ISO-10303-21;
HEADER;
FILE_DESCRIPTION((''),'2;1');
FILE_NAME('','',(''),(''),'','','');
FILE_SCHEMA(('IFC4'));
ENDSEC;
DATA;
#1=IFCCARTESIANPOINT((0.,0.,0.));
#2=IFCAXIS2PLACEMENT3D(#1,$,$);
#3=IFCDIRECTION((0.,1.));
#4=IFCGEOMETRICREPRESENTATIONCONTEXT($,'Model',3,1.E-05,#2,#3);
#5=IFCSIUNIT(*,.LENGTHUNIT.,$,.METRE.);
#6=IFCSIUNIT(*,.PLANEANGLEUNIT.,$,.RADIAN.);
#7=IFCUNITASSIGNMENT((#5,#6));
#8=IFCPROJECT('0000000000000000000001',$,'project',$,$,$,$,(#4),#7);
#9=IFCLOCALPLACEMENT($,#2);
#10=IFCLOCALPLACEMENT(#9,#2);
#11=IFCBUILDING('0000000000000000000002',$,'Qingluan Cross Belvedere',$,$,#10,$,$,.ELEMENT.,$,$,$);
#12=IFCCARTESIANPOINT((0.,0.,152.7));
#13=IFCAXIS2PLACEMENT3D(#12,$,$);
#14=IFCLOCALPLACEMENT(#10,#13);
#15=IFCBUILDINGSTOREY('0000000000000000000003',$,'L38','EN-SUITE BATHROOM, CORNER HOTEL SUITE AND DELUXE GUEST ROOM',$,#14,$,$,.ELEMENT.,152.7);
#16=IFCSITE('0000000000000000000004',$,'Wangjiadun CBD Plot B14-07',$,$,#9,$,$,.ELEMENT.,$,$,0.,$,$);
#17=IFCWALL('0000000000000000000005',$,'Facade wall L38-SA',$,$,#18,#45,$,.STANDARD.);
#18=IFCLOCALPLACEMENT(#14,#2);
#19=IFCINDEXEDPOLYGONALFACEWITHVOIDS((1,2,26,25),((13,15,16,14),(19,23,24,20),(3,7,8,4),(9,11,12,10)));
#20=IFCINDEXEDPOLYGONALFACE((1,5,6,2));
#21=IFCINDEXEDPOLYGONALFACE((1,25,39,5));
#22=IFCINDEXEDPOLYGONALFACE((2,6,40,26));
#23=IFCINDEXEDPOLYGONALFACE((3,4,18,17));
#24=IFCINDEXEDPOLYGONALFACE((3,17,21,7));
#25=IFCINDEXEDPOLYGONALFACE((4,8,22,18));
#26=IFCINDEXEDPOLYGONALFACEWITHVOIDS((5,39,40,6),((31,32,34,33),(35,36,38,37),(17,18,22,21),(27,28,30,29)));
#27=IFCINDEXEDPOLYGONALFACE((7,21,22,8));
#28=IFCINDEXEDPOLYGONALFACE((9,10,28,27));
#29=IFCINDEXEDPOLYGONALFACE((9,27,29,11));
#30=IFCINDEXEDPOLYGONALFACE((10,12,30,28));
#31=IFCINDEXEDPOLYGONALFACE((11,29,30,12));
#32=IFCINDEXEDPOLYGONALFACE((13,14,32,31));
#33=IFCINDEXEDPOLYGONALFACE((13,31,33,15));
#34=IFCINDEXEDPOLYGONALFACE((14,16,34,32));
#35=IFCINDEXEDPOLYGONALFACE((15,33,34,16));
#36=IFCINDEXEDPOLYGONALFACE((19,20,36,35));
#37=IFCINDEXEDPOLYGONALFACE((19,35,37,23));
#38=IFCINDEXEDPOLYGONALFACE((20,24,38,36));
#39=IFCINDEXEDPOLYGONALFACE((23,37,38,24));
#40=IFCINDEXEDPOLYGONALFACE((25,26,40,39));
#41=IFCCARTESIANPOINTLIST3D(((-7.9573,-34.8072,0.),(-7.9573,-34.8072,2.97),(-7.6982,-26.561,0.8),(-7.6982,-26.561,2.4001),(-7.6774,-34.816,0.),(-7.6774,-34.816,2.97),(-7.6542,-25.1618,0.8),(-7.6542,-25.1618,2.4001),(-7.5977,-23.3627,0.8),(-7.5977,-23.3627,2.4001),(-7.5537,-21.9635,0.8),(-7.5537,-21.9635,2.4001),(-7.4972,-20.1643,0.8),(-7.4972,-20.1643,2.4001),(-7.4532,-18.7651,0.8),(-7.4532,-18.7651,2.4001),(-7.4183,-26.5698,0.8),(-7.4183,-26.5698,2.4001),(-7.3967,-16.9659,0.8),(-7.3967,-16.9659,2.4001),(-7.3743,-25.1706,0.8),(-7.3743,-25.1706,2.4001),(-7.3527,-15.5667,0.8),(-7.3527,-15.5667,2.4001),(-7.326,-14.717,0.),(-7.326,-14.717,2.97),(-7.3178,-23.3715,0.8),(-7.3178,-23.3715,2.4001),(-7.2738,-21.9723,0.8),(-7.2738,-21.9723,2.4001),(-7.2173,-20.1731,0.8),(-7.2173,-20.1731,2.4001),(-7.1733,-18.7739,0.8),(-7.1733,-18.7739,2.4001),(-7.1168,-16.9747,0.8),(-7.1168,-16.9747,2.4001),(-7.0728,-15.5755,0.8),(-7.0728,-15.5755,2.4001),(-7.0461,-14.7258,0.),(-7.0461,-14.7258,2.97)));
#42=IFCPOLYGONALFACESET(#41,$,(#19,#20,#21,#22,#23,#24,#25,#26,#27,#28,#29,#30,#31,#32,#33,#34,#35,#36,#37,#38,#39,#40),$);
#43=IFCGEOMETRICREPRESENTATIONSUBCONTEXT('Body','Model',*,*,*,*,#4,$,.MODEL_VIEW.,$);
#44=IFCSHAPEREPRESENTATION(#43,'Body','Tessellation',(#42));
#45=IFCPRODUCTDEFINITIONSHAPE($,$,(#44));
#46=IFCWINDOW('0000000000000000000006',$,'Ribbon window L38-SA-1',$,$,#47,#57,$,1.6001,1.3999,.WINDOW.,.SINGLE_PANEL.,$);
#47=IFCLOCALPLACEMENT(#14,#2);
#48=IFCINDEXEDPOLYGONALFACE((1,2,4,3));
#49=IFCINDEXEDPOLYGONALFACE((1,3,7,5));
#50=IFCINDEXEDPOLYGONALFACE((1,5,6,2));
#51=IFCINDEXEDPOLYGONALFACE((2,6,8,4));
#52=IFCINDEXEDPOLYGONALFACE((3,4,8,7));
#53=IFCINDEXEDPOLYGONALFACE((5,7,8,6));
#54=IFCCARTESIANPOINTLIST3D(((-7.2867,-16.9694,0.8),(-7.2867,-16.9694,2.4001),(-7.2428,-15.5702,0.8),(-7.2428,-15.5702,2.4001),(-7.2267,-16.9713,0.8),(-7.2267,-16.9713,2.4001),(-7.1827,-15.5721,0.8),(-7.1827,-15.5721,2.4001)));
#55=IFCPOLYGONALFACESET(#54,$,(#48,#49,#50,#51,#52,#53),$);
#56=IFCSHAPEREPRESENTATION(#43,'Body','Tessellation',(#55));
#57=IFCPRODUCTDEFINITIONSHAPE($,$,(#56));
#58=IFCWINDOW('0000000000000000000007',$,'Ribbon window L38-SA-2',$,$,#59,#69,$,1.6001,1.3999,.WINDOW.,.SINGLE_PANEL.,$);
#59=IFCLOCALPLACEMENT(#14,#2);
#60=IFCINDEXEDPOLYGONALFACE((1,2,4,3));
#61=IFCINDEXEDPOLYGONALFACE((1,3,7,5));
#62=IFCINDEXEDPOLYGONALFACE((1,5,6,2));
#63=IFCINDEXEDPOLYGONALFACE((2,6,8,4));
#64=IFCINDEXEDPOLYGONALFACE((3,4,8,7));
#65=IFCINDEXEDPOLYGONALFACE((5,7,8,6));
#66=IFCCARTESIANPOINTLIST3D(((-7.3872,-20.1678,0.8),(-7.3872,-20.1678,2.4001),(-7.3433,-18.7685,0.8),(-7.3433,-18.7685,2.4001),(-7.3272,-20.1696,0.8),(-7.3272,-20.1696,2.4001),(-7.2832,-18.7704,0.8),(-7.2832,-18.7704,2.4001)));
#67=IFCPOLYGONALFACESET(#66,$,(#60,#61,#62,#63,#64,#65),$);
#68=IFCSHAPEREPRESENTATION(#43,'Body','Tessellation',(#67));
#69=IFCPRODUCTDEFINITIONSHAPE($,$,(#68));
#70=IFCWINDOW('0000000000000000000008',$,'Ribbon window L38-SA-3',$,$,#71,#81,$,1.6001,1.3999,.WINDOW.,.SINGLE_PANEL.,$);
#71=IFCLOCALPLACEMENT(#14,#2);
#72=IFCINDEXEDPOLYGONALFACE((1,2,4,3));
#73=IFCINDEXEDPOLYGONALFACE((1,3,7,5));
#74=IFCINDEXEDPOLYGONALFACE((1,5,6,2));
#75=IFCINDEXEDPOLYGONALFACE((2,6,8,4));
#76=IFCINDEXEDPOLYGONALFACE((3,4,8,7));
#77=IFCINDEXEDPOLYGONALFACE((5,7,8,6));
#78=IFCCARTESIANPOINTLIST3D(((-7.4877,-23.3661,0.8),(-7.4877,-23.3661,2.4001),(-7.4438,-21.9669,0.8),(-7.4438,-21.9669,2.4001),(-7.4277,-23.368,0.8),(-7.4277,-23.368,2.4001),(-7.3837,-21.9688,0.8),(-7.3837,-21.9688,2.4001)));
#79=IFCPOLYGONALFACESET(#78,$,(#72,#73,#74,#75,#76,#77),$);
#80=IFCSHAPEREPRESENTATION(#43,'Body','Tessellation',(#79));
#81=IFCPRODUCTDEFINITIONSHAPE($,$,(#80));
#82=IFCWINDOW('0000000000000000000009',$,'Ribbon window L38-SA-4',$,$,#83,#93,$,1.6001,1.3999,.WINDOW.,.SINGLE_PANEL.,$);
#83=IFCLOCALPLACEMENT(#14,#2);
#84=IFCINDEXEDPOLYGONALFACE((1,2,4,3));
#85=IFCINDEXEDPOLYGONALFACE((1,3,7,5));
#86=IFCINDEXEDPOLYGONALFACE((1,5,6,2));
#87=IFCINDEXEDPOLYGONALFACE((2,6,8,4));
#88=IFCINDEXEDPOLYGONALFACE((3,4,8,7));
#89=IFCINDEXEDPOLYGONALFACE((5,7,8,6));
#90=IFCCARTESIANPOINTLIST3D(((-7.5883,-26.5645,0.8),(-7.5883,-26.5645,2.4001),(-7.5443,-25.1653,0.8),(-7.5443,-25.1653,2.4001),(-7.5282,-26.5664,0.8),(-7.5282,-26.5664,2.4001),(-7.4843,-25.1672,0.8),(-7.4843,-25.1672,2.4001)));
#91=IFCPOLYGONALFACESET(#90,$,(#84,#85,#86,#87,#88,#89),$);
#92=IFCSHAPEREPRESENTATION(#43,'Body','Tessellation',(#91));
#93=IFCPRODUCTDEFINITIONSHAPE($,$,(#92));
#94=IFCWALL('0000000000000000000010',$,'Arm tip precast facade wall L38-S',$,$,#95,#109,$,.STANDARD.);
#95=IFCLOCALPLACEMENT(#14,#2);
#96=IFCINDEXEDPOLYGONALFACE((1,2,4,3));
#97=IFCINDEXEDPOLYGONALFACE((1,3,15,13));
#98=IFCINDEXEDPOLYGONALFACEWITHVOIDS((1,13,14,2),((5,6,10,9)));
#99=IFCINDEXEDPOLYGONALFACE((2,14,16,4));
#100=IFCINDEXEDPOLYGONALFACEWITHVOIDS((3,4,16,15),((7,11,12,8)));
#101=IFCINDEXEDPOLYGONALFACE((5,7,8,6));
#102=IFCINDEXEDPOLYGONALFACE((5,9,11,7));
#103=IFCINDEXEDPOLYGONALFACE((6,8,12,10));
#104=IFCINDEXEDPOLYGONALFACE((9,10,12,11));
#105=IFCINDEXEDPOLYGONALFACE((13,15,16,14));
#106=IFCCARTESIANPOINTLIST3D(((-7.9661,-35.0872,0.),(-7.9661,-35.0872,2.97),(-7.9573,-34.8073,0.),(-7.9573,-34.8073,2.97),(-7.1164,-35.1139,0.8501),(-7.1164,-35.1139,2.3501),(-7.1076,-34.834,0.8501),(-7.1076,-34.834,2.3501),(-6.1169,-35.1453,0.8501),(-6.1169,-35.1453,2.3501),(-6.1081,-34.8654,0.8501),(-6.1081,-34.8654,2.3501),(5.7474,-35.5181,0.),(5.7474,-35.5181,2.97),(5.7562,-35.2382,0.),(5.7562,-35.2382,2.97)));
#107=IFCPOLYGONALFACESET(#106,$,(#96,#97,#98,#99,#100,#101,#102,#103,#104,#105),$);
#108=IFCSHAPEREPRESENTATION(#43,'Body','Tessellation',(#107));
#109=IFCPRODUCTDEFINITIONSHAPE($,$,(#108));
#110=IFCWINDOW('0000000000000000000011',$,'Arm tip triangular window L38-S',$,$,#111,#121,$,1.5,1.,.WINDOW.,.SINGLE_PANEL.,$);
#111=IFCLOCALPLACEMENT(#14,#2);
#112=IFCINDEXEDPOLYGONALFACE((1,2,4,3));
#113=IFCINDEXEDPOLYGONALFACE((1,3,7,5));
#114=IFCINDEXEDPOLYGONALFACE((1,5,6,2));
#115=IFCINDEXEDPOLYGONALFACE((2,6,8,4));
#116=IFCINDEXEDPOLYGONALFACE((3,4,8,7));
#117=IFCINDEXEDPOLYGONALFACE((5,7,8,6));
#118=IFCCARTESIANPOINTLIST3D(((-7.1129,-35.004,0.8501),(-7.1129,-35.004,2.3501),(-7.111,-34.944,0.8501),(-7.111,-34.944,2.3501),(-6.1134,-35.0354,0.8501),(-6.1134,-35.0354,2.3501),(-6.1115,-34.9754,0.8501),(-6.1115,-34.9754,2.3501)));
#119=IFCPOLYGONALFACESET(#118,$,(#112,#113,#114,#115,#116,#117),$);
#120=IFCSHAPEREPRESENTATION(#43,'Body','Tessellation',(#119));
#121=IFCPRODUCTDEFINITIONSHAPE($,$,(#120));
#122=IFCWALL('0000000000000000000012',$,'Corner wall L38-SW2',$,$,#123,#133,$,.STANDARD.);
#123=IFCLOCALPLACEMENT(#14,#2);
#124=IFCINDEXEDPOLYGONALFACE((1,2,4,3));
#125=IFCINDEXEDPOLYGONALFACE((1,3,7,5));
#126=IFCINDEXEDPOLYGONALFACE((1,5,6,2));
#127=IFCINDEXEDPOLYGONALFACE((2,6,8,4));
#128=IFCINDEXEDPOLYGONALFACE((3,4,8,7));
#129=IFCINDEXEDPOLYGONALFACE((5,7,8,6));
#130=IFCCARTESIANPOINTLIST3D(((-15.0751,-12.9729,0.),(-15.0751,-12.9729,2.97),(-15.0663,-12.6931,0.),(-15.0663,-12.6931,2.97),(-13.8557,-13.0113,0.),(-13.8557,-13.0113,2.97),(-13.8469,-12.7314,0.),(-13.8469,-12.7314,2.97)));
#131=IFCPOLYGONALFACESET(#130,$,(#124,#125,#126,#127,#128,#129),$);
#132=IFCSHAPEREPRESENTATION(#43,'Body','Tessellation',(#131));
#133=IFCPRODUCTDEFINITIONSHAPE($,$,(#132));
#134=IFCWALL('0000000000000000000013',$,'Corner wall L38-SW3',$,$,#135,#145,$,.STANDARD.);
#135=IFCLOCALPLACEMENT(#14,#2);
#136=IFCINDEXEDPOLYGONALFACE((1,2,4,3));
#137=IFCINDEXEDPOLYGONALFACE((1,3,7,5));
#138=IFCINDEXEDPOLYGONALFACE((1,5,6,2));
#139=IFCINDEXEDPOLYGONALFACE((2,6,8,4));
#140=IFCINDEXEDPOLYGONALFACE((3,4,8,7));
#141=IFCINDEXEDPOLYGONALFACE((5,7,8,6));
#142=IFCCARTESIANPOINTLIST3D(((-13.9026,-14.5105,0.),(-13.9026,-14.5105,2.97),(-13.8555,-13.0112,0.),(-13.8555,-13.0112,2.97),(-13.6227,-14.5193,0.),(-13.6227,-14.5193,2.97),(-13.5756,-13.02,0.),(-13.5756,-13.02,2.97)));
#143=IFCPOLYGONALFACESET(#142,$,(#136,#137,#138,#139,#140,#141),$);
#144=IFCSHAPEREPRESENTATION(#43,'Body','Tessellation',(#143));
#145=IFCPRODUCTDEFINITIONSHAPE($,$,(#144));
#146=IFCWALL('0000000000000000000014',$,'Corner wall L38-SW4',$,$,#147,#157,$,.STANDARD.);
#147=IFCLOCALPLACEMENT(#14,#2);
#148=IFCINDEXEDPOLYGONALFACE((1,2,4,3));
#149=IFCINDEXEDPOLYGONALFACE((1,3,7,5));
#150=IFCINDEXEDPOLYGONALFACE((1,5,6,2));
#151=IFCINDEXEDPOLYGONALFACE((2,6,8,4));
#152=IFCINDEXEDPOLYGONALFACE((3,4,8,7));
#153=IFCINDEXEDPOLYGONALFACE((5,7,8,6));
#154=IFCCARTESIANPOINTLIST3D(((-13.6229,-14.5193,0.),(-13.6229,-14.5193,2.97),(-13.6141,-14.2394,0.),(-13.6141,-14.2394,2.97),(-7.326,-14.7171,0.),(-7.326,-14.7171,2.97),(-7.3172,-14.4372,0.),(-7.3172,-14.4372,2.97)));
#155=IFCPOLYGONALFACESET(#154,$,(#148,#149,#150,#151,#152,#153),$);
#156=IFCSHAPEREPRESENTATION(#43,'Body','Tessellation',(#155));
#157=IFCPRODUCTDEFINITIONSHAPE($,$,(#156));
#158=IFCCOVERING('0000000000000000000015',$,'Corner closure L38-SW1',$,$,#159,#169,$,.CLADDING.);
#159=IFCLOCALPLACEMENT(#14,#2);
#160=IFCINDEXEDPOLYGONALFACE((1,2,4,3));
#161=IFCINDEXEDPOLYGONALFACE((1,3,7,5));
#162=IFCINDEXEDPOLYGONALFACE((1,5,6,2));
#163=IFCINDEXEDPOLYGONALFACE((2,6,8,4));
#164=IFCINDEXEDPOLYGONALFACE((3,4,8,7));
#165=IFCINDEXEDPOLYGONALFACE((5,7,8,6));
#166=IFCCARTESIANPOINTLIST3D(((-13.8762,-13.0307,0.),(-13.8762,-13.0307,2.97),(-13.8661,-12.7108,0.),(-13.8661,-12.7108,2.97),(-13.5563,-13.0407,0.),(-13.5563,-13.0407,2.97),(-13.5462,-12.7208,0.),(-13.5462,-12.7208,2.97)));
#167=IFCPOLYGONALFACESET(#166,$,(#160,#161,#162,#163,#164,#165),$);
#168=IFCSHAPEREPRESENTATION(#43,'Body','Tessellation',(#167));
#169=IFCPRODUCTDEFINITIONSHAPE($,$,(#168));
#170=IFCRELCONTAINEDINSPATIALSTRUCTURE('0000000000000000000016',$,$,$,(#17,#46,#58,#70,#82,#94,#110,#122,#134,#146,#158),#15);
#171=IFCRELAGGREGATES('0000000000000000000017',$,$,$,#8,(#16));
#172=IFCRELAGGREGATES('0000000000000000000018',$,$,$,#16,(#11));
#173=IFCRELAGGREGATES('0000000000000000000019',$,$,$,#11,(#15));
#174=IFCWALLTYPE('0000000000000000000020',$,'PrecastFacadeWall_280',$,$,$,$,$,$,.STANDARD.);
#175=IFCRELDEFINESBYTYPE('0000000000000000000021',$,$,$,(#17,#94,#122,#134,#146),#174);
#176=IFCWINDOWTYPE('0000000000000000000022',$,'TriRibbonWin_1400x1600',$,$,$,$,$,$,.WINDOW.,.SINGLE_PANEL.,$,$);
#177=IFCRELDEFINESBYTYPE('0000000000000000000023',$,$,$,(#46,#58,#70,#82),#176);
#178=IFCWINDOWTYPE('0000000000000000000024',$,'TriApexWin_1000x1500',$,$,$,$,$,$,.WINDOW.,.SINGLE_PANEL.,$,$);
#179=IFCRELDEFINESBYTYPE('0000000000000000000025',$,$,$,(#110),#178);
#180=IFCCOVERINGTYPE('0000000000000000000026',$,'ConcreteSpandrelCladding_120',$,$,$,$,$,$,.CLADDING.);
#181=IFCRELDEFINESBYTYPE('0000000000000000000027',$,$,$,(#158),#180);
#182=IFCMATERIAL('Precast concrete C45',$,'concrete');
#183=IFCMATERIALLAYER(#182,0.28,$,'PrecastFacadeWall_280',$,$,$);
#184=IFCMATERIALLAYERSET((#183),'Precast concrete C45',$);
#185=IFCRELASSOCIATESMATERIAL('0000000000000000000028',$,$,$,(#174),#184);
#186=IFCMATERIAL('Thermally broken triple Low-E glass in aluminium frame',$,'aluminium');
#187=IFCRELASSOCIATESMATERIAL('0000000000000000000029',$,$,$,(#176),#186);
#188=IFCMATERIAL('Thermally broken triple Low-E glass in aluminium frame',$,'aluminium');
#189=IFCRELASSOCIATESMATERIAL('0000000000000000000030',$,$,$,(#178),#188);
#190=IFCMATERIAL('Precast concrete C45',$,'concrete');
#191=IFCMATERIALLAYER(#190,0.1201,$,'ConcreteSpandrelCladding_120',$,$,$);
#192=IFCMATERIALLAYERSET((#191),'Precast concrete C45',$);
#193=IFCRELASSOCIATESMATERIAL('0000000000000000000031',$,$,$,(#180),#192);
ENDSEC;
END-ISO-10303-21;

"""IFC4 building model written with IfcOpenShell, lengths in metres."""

from ifc_helpers import new_model, si_unit, direction, frame, frame_2d, origin, origin_2d, place, context, subcontext, project, spatial, rectangle, extrude, material, layer, layer_set, type_object, element, fill, save


model = new_model("IFC4")

# Units and contexts
model_context = context("Model", 3, precision=1e-05, world=origin(), true_north=direction((0.0, 1.0)))
body_context = subcontext(model_context, "Body", "Model", "MODEL_VIEW")
ifc_project = project(units=[si_unit("LENGTHUNIT", "METRE"), si_unit("PLANEANGLEUNIT", "RADIAN")], contexts=[model_context])

# Site, building, storey
site_placement = place(None, origin())
site = spatial("IfcSite", under=ifc_project, at=site_placement, Name="Wangjiadun CBD Plot B14-07", CompositionType="ELEMENT", RefElevation=0.0)
building_placement = place(site_placement, origin())
building = spatial("IfcBuilding", under=site, at=building_placement, Name="Qingluan Cross Belvedere", CompositionType="ELEMENT")
storey_placement = place(building_placement, frame((0.0, 0.0, 152.7)))
storey = spatial("IfcBuildingStorey", under=building, at=storey_placement, Name="L38", Description="EN-SUITE BATHROOM, CORNER HOTEL SUITE AND DELUXE GUEST ROOM", CompositionType="ELEMENT", Elevation=152.7)

# Wall, openings, windows
ifc_material_1 = material(Name="Precast concrete C45", Category="concrete")
ifc_layer_1 = layer(ifc_material_1, 0.28, Name="PrecastFacadeWall_280")
ifc_layer_set_1 = layer_set([ifc_layer_1], Name="Precast concrete C45")
wall_type_1 = type_object("IfcWallType", Name="PrecastFacadeWall_280", PredefinedType="STANDARD", material=ifc_layer_set_1)
wall_1_placement = place(storey_placement, frame((-7.186, -14.7214, 0.0), z_axis=(0.0, 0.0, 1.0), x_axis=(-0.03141, -0.999507, 0.0)))
wall_1 = element("IfcWall", 1, at=wall_1_placement, inside=storey, type_object=wall_type_1, Name="Facade wall L38-SA", PredefinedType="STANDARD", context=body_context, shape_type="SweptSolid", body=[
    extrude(rectangle(XDim=20.1001, YDim=0.28, at=frame_2d((10.05, 0.0))), origin(), (0.0, 0.0, 1.0), 2.97),
])
opening_1_placement = place(wall_1_placement, frame((0.8501, 0.0, 0.8)))
opening_1 = element("IfcOpeningElement", 2, at=opening_1_placement, cuts=wall_1, PredefinedType="OPENING", context=body_context, shape_type="SweptSolid", body=[
    extrude(rectangle(XDim=1.3999, YDim=1.6001, at=frame_2d((0.7, 0.8))), frame((0.0, 0.1499, 0.0), z_axis=(0.0, -1.0, 0.0), x_axis=(1.0, 0.0, 0.0)), (0.0, 0.0, 1.0), 0.3),
])
opening_2_placement = place(wall_1_placement, frame((4.05, 0.0, 0.8)))
opening_2 = element("IfcOpeningElement", 3, at=opening_2_placement, cuts=wall_1, PredefinedType="OPENING", context=body_context, shape_type="SweptSolid", body=[
    extrude(rectangle(XDim=1.3999, YDim=1.6001, at=frame_2d((0.7, 0.8))), frame((0.0, 0.1499, 0.0), z_axis=(0.0, -1.0, 0.0), x_axis=(1.0, 0.0, 0.0)), (0.0, 0.0, 1.0), 0.3),
])
opening_3_placement = place(wall_1_placement, frame((7.25, 0.0, 0.8)))
opening_3 = element("IfcOpeningElement", 4, at=opening_3_placement, cuts=wall_1, PredefinedType="OPENING", context=body_context, shape_type="SweptSolid", body=[
    extrude(rectangle(XDim=1.3999, YDim=1.6001, at=frame_2d((0.7, 0.8))), frame((0.0, 0.1499, 0.0), z_axis=(0.0, -1.0, 0.0), x_axis=(1.0, 0.0, 0.0)), (0.0, 0.0, 1.0), 0.3),
])
opening_4_placement = place(wall_1_placement, frame((10.45, 0.0, 0.8)))
opening_4 = element("IfcOpeningElement", 5, at=opening_4_placement, cuts=wall_1, PredefinedType="OPENING", context=body_context, shape_type="SweptSolid", body=[
    extrude(rectangle(XDim=1.3999, YDim=1.6001, at=frame_2d((0.7, 0.8))), frame((0.0, 0.1499, 0.0), z_axis=(0.0, -1.0, 0.0), x_axis=(1.0, 0.0, 0.0)), (0.0, 0.0, 1.0), 0.3),
])
ifc_material_2 = material(Name="Thermally broken triple Low-E glass in aluminium frame", Category="aluminium")
window_type_1 = type_object("IfcWindowType", Name="TriRibbonWin_1400x1600", PartitioningType="SINGLE_PANEL", PredefinedType="WINDOW", material=ifc_material_2)
window_1_placement = place(opening_1_placement, origin())
window_1 = element("IfcWindow", 6, at=window_1_placement, inside=storey, type_object=window_type_1, Name="Ribbon window L38-SA-1", OverallHeight=1.6001, OverallWidth=1.3999, PartitioningType="SINGLE_PANEL", PredefinedType="WINDOW", context=body_context, shape_type="SweptSolid", body=[
    extrude(rectangle(XDim=1.3999, YDim=1.6001, at=frame_2d((0.7, 0.8))), frame((0.0, 0.03, 0.0), z_axis=(0.0, -1.0, 0.0), x_axis=(1.0, 0.0, 0.0)), (0.0, 0.0, 1.0), 0.0601),
])
fill(opening_1, window_1)
window_2_placement = place(opening_2_placement, origin())
window_2 = element("IfcWindow", 7, at=window_2_placement, inside=storey, type_object=window_type_1, Name="Ribbon window L38-SA-2", OverallHeight=1.6001, OverallWidth=1.3999, PartitioningType="SINGLE_PANEL", PredefinedType="WINDOW", context=body_context, shape_type="SweptSolid", body=[
    extrude(rectangle(XDim=1.3999, YDim=1.6001, at=frame_2d((0.7, 0.8))), frame((0.0, 0.03, 0.0), z_axis=(0.0, -1.0, 0.0), x_axis=(1.0, 0.0, 0.0)), (0.0, 0.0, 1.0), 0.0601),
])
fill(opening_2, window_2)
window_3_placement = place(opening_3_placement, origin())
window_3 = element("IfcWindow", 8, at=window_3_placement, inside=storey, type_object=window_type_1, Name="Ribbon window L38-SA-3", OverallHeight=1.6001, OverallWidth=1.3999, PartitioningType="SINGLE_PANEL", PredefinedType="WINDOW", context=body_context, shape_type="SweptSolid", body=[
    extrude(rectangle(XDim=1.3999, YDim=1.6001, at=frame_2d((0.7, 0.8))), frame((0.0, 0.03, 0.0), z_axis=(0.0, -1.0, 0.0), x_axis=(1.0, 0.0, 0.0)), (0.0, 0.0, 1.0), 0.0601),
])
fill(opening_3, window_3)
window_4_placement = place(opening_4_placement, origin())
window_4 = element("IfcWindow", 9, at=window_4_placement, inside=storey, type_object=window_type_1, Name="Ribbon window L38-SA-4", OverallHeight=1.6001, OverallWidth=1.3999, PartitioningType="SINGLE_PANEL", PredefinedType="WINDOW", context=body_context, shape_type="SweptSolid", body=[
    extrude(rectangle(XDim=1.3999, YDim=1.6001, at=frame_2d((0.7, 0.8))), frame((0.0, 0.03, 0.0), z_axis=(0.0, -1.0, 0.0), x_axis=(1.0, 0.0, 0.0)), (0.0, 0.0, 1.0), 0.0601),
])
fill(opening_4, window_4)

# Wall, opening, window
wall_2_placement = place(storey_placement, frame((-7.9617, -34.9473, 0.0), z_axis=(0.0, 0.0, 1.0), x_axis=(0.999507, -0.031407, 0.0)))
wall_2 = element("IfcWall", 10, at=wall_2_placement, inside=storey, type_object=wall_type_1, Name="Arm tip precast facade wall L38-S", PredefinedType="STANDARD", context=body_context, shape_type="SweptSolid", body=[
    extrude(rectangle(XDim=13.7202, YDim=0.28, at=frame_2d((6.8601, 0.0))), origin(), (0.0, 0.0, 1.0), 2.97),
])
opening_5_placement = place(wall_2_placement, frame((0.8501, 0.0, 0.8501)))
opening_5 = element("IfcOpeningElement", 11, at=opening_5_placement, cuts=wall_2, PredefinedType="OPENING", context=body_context, shape_type="SweptSolid", body=[
    extrude(rectangle(XDim=1.0, YDim=1.5, at=frame_2d((0.5, 0.75))), frame((0.0, 0.1499, 0.0), z_axis=(0.0, -1.0, 0.0), x_axis=(1.0, 0.0, 0.0)), (0.0, 0.0, 1.0), 0.3),
])
ifc_material_3 = material(Name="Thermally broken triple Low-E glass in aluminium frame", Category="aluminium")
window_type_2 = type_object("IfcWindowType", Name="TriApexWin_1000x1500", PartitioningType="SINGLE_PANEL", PredefinedType="WINDOW", material=ifc_material_3)
window_5_placement = place(opening_5_placement, origin())
window_5 = element("IfcWindow", 12, at=window_5_placement, inside=storey, type_object=window_type_2, Name="Arm tip triangular window L38-S", OverallHeight=1.5, OverallWidth=1.0, PartitioningType="SINGLE_PANEL", PredefinedType="WINDOW", context=body_context, shape_type="SweptSolid", body=[
    extrude(rectangle(XDim=1.0, YDim=1.5, at=frame_2d((0.5, 0.75))), frame((0.0, 0.03, 0.0), z_axis=(0.0, -1.0, 0.0), x_axis=(1.0, 0.0, 0.0)), (0.0, 0.0, 1.0), 0.0601),
])
fill(opening_5, window_5)

# Walls
wall_3_placement = place(storey_placement, frame((-15.0706, -12.833, 0.0), z_axis=(0.0, 0.0, 1.0), x_axis=(0.999506, -0.031416, 0.0)))
element("IfcWall", 13, at=wall_3_placement, inside=storey, type_object=wall_type_1, Name="Corner wall L38-SW2", PredefinedType="STANDARD", context=body_context, shape_type="SweptSolid", body=[
    extrude(rectangle(XDim=1.22, YDim=0.28, at=frame_2d((0.6099, 0.0))), origin(), (0.0, 0.0, 1.0), 2.97),
])
wall_4_placement = place(storey_placement, frame((-13.7156, -13.0156, 0.0), z_axis=(0.0, 0.0, 1.0), x_axis=(-0.031413, -0.999507, 0.0)))
element("IfcWall", 14, at=wall_4_placement, inside=storey, type_object=wall_type_1, Name="Corner wall L38-SW3", PredefinedType="STANDARD", context=body_context, shape_type="SweptSolid", body=[
    extrude(rectangle(XDim=1.5, YDim=0.28, at=frame_2d((0.75, 0.0))), origin(), (0.0, 0.0, 1.0), 2.97),
])
wall_5_placement = place(storey_placement, frame((-13.6184, -14.3794, 0.0), z_axis=(0.0, 0.0, 1.0), x_axis=(0.999507, -0.03139, 0.0)))
element("IfcWall", 15, at=wall_5_placement, inside=storey, type_object=wall_type_1, Name="Corner wall L38-SW4", PredefinedType="STANDARD", context=body_context, shape_type="SweptSolid", body=[
    extrude(rectangle(XDim=6.3, YDim=0.28, at=frame_2d((3.1499, 0.0))), origin(), (0.0, 0.0, 1.0), 2.97),
])

# Covering
ifc_material_4 = material(Name="Precast concrete C45", Category="concrete")
ifc_layer_2 = layer(ifc_material_4, 0.1201, Name="ConcreteSpandrelCladding_120")
ifc_layer_set_2 = layer_set([ifc_layer_2], Name="Precast concrete C45")
covering_type = type_object("IfcCoveringType", Name="ConcreteSpandrelCladding_120", PredefinedType="CLADDING", material=ifc_layer_set_2)
for number, where, z_axis, x_axis, name in (
    (16, (-13.7112, -12.8757, 0.0), (0.0, 0.0, 1.0), (0.999507, -0.031411, 0.0), "Corner closure L38-SW1"),
):
    element("IfcCovering", number, at=place(storey_placement, frame(where, z_axis=z_axis, x_axis=x_axis)), inside=storey, type_object=covering_type, Name=name, PredefinedType="CLADDING", context=body_context, shape_type="SweptSolid", body=[
        extrude(rectangle(XDim=0.3201, YDim=0.3201, at=origin_2d()), origin(), (0.0, 0.0, 1.0), 2.97),
    ])

save(model, "model.ifc")
